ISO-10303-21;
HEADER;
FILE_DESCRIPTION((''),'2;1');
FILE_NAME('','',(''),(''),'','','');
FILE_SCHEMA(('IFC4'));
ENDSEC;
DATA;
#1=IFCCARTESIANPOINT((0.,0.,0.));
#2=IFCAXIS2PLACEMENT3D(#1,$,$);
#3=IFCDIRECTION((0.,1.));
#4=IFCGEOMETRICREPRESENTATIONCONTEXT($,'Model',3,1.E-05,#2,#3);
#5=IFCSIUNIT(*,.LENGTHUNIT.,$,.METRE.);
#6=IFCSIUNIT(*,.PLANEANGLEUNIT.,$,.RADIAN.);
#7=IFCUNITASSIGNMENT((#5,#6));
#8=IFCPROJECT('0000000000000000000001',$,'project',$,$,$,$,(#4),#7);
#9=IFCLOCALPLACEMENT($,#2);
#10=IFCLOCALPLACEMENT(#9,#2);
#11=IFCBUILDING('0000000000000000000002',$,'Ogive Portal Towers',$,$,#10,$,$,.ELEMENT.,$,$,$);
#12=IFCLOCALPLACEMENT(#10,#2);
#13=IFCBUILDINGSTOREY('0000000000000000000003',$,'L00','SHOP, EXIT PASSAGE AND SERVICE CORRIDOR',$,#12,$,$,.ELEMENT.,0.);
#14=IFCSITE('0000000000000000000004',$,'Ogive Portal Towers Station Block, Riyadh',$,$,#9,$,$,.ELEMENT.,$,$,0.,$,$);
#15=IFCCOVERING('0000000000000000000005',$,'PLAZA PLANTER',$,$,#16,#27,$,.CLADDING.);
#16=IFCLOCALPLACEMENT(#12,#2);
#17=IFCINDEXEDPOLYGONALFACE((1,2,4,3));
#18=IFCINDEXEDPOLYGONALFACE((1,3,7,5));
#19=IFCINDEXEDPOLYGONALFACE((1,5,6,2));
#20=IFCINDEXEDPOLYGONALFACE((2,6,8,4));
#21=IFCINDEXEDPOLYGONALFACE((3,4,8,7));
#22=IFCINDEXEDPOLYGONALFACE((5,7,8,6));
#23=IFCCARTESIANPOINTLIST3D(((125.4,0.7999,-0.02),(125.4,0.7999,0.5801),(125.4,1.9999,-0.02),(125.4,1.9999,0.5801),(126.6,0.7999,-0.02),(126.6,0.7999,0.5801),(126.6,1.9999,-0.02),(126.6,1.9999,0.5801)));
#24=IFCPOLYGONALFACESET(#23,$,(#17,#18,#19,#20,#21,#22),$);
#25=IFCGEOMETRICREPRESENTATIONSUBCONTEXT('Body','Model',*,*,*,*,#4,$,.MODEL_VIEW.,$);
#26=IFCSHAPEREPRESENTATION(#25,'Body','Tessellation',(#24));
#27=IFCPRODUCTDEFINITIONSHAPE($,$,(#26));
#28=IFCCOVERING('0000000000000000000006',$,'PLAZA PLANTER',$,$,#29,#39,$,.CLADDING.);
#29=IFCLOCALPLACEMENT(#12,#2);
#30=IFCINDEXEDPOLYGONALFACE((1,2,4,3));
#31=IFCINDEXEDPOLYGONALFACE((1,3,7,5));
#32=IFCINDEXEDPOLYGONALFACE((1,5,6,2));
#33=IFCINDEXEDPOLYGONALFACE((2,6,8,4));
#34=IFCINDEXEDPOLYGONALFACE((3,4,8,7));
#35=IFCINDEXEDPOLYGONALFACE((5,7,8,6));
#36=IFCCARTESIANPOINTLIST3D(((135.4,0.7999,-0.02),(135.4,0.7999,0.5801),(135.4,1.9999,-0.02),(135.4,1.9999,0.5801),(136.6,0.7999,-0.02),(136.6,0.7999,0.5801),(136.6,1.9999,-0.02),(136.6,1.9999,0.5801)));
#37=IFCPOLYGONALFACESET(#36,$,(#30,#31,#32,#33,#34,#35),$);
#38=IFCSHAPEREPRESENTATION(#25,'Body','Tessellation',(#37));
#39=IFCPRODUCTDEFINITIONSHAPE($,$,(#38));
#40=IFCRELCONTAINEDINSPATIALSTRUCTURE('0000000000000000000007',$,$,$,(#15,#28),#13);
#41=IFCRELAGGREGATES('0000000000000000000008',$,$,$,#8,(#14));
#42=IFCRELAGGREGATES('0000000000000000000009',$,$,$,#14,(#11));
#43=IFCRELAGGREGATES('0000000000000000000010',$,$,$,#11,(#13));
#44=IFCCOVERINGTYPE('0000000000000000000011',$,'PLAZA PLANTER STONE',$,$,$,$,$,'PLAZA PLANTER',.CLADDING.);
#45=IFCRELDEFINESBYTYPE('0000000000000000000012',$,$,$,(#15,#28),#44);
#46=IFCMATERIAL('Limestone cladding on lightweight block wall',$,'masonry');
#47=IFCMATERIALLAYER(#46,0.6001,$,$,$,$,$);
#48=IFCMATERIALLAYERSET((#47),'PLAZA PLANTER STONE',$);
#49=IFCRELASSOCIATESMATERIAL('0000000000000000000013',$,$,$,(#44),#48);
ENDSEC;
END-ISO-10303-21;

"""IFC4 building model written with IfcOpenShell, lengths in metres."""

from ifc_helpers import new_model, si_unit, direction, frame, origin, origin_2d, place, context, subcontext, project, spatial, rectangle, extrude, material, layer, layer_set, type_object, element, save


model = new_model("IFC4")

# Units and contexts
model_context = context("Model", 3, precision=1e-05, world=origin(), true_north=direction((0.0, 1.0)))
body_context = subcontext(model_context, "Body", "Model", "MODEL_VIEW")
ifc_project = project(units=[si_unit("LENGTHUNIT", "METRE"), si_unit("PLANEANGLEUNIT", "RADIAN")], contexts=[model_context])

# Site, building, storey
site_placement = place(None, origin())
site = spatial("IfcSite", under=ifc_project, at=site_placement, Name="Ogive Portal Towers Station Block, Riyadh", CompositionType="ELEMENT", RefElevation=0.0)
building_placement = place(site_placement, origin())
building = spatial("IfcBuilding", under=site, at=building_placement, Name="Ogive Portal Towers", CompositionType="ELEMENT")
storey_placement = place(building_placement, origin())
storey = spatial("IfcBuildingStorey", under=building, at=storey_placement, Name="L00", Description="SHOP, EXIT PASSAGE AND SERVICE CORRIDOR", CompositionType="ELEMENT", Elevation=0.0)

# Coverings
ifc_material_1 = material(Name="Limestone cladding on lightweight block wall", Category="masonry")
ifc_layer_1 = layer(ifc_material_1, 0.6001)
ifc_layer_set_1 = layer_set([ifc_layer_1], Name="PLAZA PLANTER STONE")
covering_type_1 = type_object("IfcCoveringType", Name="PLAZA PLANTER STONE", ElementType="PLAZA PLANTER", PredefinedType="CLADDING", material=ifc_layer_set_1)
for number, where, z_axis, x_axis, name in (
    (1, (126.0, 1.3999, -0.02), (0.0, 0.0, 1.0), (1.0, 0.0, 0.0), "PLAZA PLANTER"),
    (2, (136.0, 1.3999, -0.02), (0.0, 0.0, 1.0), (1.0, 0.0, 0.0), "PLAZA PLANTER"),
):
    element("IfcCovering", number, at=place(storey_placement, frame(where, z_axis=z_axis, x_axis=x_axis)), inside=storey, type_object=covering_type_1, Name=name, PredefinedType="CLADDING", context=body_context, shape_type="SweptSolid", body=[
        extrude(rectangle(XDim=1.2, YDim=1.2, at=origin_2d()), origin(), (0.0, 0.0, 1.0), 0.6001),
    ])

save(model, "model.ifc")
